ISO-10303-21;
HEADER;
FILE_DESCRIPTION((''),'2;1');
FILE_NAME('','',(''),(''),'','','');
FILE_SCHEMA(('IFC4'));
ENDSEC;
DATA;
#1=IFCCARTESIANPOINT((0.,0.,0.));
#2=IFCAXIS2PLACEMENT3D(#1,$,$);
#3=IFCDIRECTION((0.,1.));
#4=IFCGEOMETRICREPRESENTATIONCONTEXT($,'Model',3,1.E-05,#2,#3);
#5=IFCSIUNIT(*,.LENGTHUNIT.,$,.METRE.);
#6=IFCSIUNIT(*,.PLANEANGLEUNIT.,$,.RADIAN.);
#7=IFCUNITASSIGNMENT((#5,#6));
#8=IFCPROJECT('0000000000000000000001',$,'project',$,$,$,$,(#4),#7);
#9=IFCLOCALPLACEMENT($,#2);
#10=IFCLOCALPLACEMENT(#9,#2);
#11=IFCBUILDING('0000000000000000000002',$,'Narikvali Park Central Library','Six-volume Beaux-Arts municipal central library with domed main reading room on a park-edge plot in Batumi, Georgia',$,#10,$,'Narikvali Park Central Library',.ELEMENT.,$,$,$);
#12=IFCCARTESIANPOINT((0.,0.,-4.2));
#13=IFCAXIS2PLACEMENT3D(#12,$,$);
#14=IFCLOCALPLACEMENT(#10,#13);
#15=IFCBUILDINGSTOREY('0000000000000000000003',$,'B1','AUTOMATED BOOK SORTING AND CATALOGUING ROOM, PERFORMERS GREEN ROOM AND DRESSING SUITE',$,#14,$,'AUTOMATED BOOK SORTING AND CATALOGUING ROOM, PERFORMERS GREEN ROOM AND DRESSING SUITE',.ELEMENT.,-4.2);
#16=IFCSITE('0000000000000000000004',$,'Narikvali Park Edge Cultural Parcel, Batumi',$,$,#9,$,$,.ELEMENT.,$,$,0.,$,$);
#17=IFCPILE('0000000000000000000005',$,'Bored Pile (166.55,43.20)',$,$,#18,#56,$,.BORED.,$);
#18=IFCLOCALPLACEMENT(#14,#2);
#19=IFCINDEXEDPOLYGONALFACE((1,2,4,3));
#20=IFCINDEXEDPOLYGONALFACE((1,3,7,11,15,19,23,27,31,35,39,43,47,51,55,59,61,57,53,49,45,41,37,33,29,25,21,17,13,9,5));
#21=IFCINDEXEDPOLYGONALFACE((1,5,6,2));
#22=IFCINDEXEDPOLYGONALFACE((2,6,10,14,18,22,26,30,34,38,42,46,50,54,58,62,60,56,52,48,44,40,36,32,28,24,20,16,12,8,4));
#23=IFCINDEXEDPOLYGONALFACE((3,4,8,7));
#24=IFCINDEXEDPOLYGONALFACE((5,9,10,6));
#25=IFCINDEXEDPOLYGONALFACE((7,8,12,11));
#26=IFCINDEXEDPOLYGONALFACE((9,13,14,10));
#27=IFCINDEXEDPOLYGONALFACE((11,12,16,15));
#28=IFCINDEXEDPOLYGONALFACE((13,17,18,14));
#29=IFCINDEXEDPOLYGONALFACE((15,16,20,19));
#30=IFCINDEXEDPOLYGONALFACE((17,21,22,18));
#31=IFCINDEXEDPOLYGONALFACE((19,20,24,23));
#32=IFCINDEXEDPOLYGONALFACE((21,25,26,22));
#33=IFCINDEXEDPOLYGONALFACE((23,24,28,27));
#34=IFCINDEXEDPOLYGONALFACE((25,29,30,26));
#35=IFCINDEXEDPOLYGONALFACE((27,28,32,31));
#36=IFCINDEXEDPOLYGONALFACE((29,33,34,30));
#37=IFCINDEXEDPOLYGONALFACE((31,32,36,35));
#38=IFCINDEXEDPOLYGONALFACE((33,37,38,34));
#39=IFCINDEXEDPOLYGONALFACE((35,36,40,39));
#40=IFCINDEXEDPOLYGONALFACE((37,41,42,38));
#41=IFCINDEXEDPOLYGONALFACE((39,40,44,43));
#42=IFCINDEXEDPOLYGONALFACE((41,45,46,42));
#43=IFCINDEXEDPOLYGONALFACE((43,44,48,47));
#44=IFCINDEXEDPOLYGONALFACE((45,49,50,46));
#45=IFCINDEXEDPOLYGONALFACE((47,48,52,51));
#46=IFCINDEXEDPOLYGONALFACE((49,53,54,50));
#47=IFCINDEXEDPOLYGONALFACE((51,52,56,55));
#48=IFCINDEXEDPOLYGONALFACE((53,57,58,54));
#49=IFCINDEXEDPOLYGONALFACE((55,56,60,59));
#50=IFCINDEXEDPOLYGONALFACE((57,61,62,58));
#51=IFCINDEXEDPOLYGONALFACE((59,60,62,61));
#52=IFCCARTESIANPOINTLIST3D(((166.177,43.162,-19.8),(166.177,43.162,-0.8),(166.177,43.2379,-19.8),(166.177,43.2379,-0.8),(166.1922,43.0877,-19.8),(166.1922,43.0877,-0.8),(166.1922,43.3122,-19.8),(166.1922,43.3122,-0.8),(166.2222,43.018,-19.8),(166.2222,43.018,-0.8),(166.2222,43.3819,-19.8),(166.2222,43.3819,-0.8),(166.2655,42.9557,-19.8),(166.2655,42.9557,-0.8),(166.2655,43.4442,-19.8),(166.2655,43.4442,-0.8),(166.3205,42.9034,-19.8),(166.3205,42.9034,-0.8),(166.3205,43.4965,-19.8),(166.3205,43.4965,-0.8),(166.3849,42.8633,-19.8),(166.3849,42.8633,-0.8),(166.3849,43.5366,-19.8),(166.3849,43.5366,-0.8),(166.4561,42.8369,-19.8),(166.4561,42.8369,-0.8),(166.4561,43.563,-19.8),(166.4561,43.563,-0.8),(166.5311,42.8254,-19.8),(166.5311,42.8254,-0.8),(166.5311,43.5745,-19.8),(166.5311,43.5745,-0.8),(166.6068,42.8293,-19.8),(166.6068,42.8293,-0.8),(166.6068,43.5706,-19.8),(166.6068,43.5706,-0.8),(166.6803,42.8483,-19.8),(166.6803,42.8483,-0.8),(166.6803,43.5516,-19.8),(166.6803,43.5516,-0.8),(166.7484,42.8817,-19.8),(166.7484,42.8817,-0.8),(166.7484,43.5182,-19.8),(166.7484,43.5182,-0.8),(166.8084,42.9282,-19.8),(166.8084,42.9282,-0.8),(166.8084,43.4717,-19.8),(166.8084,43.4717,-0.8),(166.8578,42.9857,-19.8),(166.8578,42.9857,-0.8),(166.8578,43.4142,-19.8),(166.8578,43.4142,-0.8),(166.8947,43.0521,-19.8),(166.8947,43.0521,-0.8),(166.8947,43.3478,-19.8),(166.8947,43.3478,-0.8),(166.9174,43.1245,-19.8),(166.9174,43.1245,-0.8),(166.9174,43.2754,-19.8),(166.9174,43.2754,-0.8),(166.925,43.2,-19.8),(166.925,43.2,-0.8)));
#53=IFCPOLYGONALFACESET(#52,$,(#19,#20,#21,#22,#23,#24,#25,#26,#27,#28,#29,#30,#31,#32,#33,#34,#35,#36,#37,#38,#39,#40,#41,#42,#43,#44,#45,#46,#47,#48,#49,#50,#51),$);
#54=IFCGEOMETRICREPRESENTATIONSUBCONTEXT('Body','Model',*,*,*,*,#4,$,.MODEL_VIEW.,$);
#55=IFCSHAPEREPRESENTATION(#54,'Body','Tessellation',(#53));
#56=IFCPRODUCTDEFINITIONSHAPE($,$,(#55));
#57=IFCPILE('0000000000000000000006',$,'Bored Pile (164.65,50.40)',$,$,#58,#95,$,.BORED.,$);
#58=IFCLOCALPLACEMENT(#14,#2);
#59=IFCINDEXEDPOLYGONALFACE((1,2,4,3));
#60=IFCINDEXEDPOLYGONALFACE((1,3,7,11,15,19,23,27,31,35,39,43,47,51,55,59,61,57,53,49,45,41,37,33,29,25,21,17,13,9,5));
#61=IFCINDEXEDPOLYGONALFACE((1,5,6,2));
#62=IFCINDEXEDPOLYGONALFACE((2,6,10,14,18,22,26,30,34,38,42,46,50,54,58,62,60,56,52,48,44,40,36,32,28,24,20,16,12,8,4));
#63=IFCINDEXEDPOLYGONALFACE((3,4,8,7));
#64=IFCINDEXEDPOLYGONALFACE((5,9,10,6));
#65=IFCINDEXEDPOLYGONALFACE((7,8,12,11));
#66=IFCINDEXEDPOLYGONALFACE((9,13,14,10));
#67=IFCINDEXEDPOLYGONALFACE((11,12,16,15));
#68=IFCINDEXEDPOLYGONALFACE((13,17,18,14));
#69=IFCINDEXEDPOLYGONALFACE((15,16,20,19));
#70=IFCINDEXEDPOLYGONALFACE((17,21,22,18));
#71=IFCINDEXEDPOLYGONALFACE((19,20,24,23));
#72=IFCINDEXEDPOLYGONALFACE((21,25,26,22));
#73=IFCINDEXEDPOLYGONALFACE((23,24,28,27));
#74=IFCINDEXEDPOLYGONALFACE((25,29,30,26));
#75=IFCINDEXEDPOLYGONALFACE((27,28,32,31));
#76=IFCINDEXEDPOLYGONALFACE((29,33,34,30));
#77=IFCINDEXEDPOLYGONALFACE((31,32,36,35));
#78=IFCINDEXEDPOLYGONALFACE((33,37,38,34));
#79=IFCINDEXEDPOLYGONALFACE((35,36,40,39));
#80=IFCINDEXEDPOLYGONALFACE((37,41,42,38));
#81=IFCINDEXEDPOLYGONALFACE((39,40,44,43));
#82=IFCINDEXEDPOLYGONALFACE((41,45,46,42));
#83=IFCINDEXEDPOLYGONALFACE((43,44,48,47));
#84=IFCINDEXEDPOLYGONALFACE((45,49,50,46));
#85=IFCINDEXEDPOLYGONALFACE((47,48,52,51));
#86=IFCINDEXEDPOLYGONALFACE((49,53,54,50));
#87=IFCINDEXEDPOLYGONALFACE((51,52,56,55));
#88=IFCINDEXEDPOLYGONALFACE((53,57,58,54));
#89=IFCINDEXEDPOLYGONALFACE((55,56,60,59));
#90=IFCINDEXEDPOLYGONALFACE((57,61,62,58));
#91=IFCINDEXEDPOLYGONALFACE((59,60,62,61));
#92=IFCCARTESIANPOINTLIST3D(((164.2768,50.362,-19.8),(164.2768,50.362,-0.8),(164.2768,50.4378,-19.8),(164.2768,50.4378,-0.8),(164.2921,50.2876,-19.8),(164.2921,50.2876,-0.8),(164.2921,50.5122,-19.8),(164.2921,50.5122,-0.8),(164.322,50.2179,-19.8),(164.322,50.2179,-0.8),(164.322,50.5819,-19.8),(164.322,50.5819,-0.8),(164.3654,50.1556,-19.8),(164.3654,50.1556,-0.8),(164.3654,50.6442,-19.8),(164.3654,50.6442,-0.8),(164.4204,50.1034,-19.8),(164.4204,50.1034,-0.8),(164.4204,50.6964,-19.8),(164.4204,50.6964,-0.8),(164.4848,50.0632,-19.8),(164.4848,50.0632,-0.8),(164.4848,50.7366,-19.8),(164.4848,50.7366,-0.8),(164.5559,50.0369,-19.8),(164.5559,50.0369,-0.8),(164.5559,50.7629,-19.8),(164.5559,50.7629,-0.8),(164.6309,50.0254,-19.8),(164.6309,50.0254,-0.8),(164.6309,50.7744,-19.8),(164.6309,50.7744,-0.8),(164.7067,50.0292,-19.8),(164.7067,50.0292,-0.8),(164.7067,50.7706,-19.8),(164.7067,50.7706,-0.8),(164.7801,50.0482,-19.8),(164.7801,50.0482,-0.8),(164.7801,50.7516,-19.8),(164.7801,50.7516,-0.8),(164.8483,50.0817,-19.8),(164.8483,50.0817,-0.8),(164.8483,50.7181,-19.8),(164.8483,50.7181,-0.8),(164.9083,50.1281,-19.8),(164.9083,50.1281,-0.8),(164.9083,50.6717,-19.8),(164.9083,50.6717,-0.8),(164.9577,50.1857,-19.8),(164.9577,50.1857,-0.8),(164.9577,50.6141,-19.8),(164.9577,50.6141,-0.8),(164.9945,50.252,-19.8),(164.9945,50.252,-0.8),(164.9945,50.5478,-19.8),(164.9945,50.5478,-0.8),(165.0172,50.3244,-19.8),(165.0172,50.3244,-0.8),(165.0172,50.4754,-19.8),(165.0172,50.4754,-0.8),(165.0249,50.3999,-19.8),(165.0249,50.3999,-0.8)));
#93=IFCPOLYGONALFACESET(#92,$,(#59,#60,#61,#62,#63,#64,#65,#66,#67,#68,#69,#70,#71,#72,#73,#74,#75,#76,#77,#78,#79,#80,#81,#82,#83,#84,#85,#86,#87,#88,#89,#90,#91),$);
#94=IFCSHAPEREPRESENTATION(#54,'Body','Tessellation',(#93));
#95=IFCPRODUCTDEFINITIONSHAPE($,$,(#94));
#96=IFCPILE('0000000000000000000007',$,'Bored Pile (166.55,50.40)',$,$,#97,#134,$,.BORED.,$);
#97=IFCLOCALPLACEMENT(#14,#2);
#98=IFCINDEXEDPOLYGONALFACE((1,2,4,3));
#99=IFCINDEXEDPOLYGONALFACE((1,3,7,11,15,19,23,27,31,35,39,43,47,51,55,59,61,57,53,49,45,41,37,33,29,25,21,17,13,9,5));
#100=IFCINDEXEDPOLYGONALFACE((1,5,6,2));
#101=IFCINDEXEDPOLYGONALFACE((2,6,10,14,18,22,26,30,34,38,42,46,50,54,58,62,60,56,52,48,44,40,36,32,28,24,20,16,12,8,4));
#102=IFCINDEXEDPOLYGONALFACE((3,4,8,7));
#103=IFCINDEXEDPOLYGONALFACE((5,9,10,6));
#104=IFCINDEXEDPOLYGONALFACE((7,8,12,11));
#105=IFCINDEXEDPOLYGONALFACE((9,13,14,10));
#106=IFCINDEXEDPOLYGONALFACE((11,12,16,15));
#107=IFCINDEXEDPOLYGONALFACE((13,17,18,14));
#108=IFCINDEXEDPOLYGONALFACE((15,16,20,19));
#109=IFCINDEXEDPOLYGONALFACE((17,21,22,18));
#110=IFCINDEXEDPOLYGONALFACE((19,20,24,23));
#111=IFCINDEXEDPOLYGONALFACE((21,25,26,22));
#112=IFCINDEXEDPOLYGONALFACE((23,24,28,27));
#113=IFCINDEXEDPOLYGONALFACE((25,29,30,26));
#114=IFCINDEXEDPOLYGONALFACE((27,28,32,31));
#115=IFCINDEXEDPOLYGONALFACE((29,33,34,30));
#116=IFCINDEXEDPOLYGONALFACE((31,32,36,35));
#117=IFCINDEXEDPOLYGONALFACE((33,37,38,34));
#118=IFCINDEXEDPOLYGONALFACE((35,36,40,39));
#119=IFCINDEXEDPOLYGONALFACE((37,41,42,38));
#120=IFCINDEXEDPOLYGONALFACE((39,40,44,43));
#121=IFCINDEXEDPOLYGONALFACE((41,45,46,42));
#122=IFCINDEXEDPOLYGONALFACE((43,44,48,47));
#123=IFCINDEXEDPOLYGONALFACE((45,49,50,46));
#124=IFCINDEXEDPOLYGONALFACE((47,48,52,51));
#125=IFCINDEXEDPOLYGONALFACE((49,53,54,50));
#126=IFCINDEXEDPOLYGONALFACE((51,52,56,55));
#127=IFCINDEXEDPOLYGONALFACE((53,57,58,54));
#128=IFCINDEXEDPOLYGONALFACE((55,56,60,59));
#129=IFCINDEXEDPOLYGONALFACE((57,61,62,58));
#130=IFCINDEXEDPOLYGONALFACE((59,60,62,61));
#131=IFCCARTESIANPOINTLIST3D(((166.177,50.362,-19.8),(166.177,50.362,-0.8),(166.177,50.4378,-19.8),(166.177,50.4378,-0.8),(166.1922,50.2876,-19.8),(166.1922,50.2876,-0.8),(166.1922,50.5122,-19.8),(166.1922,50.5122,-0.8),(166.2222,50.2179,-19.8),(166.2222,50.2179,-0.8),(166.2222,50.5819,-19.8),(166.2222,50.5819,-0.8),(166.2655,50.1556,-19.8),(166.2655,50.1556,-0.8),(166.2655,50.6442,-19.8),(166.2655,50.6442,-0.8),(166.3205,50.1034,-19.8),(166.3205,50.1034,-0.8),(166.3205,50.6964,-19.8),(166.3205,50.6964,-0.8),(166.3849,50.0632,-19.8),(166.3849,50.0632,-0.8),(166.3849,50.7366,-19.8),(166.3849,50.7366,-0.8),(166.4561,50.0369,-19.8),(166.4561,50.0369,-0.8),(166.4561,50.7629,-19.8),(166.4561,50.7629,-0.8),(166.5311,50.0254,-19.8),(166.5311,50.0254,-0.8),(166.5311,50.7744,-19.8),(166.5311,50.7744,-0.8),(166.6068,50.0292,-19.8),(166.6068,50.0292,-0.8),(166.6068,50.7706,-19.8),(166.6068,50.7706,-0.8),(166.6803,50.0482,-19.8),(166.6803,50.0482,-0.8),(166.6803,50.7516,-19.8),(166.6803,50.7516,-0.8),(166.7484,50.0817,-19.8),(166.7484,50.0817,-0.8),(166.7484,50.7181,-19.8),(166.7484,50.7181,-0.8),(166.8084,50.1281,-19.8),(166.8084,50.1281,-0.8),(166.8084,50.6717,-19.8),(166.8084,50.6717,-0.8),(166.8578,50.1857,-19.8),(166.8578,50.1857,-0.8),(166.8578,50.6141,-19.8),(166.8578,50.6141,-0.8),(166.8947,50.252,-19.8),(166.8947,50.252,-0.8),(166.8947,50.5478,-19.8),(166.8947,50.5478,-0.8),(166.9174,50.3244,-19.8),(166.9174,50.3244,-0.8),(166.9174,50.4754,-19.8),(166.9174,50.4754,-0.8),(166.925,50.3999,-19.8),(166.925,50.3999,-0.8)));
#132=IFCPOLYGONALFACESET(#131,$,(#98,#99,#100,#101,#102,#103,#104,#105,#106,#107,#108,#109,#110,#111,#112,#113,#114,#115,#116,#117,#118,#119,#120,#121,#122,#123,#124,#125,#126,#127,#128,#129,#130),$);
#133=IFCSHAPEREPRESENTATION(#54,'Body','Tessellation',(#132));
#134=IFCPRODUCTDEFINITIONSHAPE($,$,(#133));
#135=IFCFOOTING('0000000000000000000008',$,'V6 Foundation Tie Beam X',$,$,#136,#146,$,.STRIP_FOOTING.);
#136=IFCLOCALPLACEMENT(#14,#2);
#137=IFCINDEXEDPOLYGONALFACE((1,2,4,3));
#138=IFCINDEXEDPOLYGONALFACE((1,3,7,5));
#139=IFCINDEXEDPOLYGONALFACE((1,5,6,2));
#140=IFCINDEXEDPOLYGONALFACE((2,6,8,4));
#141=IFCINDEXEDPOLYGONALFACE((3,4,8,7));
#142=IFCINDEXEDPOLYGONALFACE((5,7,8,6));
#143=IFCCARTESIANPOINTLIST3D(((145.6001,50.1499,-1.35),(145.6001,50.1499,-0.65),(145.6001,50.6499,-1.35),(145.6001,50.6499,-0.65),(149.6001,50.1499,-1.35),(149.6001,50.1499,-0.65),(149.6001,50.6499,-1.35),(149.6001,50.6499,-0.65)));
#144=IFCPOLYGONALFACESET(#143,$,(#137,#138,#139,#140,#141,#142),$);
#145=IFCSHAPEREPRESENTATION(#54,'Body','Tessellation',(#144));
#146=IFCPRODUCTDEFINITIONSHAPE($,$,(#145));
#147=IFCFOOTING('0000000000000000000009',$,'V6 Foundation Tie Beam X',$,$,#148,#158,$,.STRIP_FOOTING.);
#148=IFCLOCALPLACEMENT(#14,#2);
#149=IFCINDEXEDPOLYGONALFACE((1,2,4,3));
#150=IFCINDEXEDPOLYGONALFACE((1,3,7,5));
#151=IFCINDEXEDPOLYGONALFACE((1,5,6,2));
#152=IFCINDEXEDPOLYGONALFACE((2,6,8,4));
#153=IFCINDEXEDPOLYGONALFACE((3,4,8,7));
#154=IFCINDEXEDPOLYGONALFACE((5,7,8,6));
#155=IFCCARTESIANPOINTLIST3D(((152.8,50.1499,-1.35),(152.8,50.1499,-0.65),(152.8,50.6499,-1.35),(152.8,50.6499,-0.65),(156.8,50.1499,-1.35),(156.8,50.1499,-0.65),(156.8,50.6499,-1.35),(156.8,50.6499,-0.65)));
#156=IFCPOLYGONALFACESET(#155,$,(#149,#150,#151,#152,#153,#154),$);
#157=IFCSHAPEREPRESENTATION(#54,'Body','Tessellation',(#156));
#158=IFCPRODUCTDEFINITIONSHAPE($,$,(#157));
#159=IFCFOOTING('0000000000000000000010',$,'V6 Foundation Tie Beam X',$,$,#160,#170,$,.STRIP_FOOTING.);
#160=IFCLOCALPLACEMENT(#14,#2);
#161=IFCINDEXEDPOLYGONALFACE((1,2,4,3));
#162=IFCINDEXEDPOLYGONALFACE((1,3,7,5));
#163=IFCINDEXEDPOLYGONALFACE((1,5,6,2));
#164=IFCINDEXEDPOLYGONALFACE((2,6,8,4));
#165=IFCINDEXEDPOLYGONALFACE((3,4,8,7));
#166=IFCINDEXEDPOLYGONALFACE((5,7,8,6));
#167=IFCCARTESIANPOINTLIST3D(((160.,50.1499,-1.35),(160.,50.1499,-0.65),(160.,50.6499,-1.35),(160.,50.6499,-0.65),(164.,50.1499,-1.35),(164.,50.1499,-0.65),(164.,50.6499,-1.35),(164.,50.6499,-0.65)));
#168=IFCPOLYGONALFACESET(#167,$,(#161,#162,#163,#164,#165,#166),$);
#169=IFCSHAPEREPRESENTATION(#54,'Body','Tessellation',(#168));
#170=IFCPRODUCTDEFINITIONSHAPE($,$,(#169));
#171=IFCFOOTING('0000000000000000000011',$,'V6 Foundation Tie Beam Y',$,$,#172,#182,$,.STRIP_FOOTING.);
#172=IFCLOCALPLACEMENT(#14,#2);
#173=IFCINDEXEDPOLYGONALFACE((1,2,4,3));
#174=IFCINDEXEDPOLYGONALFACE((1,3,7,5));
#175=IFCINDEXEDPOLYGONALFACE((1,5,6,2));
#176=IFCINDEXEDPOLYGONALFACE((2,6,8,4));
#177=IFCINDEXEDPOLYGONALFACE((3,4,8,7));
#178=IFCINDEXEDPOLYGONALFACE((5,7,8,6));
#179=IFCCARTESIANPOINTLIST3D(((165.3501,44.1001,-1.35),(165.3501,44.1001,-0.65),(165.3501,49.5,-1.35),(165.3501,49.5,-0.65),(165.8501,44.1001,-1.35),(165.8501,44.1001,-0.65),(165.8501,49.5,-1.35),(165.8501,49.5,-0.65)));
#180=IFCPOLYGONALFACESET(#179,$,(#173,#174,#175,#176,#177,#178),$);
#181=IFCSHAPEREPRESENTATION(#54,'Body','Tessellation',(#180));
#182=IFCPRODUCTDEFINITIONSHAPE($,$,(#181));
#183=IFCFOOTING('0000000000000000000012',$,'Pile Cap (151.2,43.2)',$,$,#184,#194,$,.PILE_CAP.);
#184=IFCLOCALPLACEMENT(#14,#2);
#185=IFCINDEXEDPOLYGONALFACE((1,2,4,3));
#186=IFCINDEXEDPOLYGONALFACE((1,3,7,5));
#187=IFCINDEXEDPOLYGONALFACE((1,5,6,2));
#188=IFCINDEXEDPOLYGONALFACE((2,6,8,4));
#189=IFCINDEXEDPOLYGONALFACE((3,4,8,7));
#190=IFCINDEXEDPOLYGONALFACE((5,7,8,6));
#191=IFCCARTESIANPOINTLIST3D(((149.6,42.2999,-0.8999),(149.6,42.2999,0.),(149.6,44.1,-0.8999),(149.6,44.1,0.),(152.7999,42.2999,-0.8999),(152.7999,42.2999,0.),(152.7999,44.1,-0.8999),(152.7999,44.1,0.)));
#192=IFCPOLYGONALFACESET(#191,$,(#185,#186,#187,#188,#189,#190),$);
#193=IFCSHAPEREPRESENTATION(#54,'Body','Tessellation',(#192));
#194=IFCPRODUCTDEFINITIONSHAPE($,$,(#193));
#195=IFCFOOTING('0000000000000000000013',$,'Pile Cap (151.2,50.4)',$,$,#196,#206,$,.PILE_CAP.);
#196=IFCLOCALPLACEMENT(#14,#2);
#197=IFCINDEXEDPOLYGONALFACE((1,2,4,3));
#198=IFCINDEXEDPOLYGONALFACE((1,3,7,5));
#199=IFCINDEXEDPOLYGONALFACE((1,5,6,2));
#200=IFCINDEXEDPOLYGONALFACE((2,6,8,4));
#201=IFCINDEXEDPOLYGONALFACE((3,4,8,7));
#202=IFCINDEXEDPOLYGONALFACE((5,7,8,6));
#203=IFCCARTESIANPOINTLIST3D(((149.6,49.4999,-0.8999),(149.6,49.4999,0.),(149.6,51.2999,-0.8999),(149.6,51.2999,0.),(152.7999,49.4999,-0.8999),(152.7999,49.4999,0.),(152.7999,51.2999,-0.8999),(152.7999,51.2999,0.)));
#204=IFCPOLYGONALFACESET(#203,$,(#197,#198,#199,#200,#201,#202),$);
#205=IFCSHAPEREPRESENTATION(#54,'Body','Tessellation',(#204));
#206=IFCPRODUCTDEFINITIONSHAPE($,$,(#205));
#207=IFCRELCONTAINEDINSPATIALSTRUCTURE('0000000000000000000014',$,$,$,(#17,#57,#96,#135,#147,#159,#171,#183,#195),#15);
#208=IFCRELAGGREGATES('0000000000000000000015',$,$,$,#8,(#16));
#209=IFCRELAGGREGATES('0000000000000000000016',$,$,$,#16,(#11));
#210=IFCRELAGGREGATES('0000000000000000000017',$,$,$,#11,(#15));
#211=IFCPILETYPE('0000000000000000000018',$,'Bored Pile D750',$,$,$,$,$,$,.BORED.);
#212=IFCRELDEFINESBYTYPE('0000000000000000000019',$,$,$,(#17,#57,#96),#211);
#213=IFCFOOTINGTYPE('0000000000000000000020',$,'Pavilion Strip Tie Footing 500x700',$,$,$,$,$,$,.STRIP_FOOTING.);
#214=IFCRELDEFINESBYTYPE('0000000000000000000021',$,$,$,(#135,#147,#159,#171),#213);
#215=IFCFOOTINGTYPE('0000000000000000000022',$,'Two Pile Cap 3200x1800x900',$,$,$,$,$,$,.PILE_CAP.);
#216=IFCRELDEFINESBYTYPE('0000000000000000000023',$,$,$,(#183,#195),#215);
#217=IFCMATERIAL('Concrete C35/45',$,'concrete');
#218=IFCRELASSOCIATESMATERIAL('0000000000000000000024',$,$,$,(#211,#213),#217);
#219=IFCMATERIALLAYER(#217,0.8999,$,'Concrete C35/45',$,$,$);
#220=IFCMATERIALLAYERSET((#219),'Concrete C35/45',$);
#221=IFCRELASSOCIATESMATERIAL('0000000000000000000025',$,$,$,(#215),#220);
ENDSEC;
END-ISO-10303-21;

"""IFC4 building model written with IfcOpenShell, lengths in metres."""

from ifc_helpers import new_model, si_unit, direction, frame, origin, origin_2d, place, context, subcontext, project, spatial, rectangle, circle, extrude, material, layer, layer_set, material_profile, profile_set, type_object, element, save


model = new_model("IFC4")

# Units and contexts
model_context = context("Model", 3, precision=1e-05, world=origin(), true_north=direction((0.0, 1.0)))
body_context = subcontext(model_context, "Body", "Model", "MODEL_VIEW")
ifc_project = project(units=[si_unit("LENGTHUNIT", "METRE"), si_unit("PLANEANGLEUNIT", "RADIAN")], contexts=[model_context])

# Site, building, storey
site_placement = place(None, origin())
site = spatial("IfcSite", under=ifc_project, at=site_placement, Name="Narikvali Park Edge Cultural Parcel, Batumi", CompositionType="ELEMENT", RefElevation=0.0)
building_placement = place(site_placement, origin())
building = spatial("IfcBuilding", under=site, at=building_placement, Name="Narikvali Park Central Library", Description="Six-volume Beaux-Arts municipal central library with domed main reading room on a park-edge plot in Batumi, Georgia", LongName="Narikvali Park Central Library", CompositionType="ELEMENT")
storey_placement = place(building_placement, frame((0.0, 0.0, -4.2)))
storey = spatial("IfcBuildingStorey", under=building, at=storey_placement, Name="B1", Description="AUTOMATED BOOK SORTING AND CATALOGUING ROOM, PERFORMERS GREEN ROOM AND DRESSING SUITE", LongName="AUTOMATED BOOK SORTING AND CATALOGUING ROOM, PERFORMERS GREEN ROOM AND DRESSING SUITE", CompositionType="ELEMENT", Elevation=-4.2)

# Piles
ifc_material_1 = material(Name="Concrete C35/45", Category="concrete")
ifc_material_profile_1 = material_profile(ifc_material_1, circle(Radius=0.375, at=origin_2d()), Name="PILE D750")
ifc_profile_set_1 = profile_set([ifc_material_profile_1], Name="Concrete C35/45")
pile_type = type_object("IfcPileType", Name="Bored Pile D750", PredefinedType="BORED", material=ifc_profile_set_1)
for number, where, z_axis, x_axis, name in (
    (1, (166.55, 43.2, -0.8), (0.0, 0.0, -1.0), (1.0, 0.0, 0.0), "Bored Pile (166.55,43.20)"),
    (2, (164.6499, 50.3999, -0.8), (0.0, 0.0, -1.0), (1.0, 0.0, 0.0), "Bored Pile (164.65,50.40)"),
    (3, (166.55, 50.3999, -0.8), (0.0, 0.0, -1.0), (1.0, 0.0, 0.0), "Bored Pile (166.55,50.40)"),
):
    element("IfcPile", number, at=place(storey_placement, frame(where, z_axis=z_axis, x_axis=x_axis)), inside=storey, type_object=pile_type, Name=name, PredefinedType="BORED", context=body_context, shape_type="SweptSolid", body=[
        extrude(circle(Radius=0.375, at=origin_2d()), origin(), (0.0, 0.0, 1.0), 19.0),
    ])

# Footings
ifc_material_profile_2 = material_profile(ifc_material_1, rectangle(XDim=0.5, YDim=0.7, at=origin_2d()), Name="RC GB 500x700")
ifc_profile_set_2 = profile_set([ifc_material_profile_2], Name="Concrete C35/45")
footing_type_1 = type_object("IfcFootingType", Name="Pavilion Strip Tie Footing 500x700", PredefinedType="STRIP_FOOTING", material=ifc_profile_set_2)
for number, where, z_axis, x_axis, name in (
    (4, (145.6001, 50.3999, -1.0), (1.0, 0.0, 0.0), (0.0, 1.0, 0.0), "V6 Foundation Tie Beam X"),
    (5, (152.8, 50.3999, -1.0), (1.0, 0.0, 0.0), (0.0, 1.0, 0.0), "V6 Foundation Tie Beam X"),
    (6, (160.0, 50.3999, -1.0), (1.0, 0.0, 0.0), (0.0, 1.0, 0.0), "V6 Foundation Tie Beam X"),
):
    element("IfcFooting", number, at=place(storey_placement, frame(where, z_axis=z_axis, x_axis=x_axis)), inside=storey, type_object=footing_type_1, Name=name, PredefinedType="STRIP_FOOTING", context=body_context, shape_type="SweptSolid", body=[
        extrude(rectangle(XDim=0.5, YDim=0.7, at=origin_2d()), origin(), (0.0, 0.0, 1.0), 4.0),
    ])
footing_placement = place(storey_placement, frame((165.6001, 44.1001, -1.0), z_axis=(0.0, 1.0, 0.0), x_axis=(-1.0, 0.0, 0.0)))
element("IfcFooting", 7, at=footing_placement, inside=storey, type_object=footing_type_1, Name="V6 Foundation Tie Beam Y", PredefinedType="STRIP_FOOTING", context=body_context, shape_type="SweptSolid", body=[
    extrude(rectangle(XDim=0.5, YDim=0.7, at=origin_2d()), origin(), (0.0, 0.0, 1.0), 5.3999),
])
ifc_layer_1 = layer(ifc_material_1, 0.8999, Name="Concrete C35/45")
ifc_layer_set_1 = layer_set([ifc_layer_1], Name="Concrete C35/45")
footing_type_2 = type_object("IfcFootingType", Name="Two Pile Cap 3200x1800x900", PredefinedType="PILE_CAP", material=ifc_layer_set_1)
for number, where, z_axis, x_axis, name in (
    (8, (151.2, 43.2, -0.8999), (0.0, 0.0, 1.0), (1.0, 0.0, 0.0), "Pile Cap (151.2,43.2)"),
    (9, (151.2, 50.3999, -0.8999), (0.0, 0.0, 1.0), (1.0, 0.0, 0.0), "Pile Cap (151.2,50.4)"),
):
    element("IfcFooting", number, at=place(storey_placement, frame(where, z_axis=z_axis, x_axis=x_axis)), inside=storey, type_object=footing_type_2, Name=name, PredefinedType="PILE_CAP", context=body_context, shape_type="SweptSolid", body=[
        extrude(rectangle(XDim=3.2, YDim=1.8, at=origin_2d()), origin(), (0.0, 0.0, 1.0), 0.8999),
    ])

save(model, "model.ifc")
